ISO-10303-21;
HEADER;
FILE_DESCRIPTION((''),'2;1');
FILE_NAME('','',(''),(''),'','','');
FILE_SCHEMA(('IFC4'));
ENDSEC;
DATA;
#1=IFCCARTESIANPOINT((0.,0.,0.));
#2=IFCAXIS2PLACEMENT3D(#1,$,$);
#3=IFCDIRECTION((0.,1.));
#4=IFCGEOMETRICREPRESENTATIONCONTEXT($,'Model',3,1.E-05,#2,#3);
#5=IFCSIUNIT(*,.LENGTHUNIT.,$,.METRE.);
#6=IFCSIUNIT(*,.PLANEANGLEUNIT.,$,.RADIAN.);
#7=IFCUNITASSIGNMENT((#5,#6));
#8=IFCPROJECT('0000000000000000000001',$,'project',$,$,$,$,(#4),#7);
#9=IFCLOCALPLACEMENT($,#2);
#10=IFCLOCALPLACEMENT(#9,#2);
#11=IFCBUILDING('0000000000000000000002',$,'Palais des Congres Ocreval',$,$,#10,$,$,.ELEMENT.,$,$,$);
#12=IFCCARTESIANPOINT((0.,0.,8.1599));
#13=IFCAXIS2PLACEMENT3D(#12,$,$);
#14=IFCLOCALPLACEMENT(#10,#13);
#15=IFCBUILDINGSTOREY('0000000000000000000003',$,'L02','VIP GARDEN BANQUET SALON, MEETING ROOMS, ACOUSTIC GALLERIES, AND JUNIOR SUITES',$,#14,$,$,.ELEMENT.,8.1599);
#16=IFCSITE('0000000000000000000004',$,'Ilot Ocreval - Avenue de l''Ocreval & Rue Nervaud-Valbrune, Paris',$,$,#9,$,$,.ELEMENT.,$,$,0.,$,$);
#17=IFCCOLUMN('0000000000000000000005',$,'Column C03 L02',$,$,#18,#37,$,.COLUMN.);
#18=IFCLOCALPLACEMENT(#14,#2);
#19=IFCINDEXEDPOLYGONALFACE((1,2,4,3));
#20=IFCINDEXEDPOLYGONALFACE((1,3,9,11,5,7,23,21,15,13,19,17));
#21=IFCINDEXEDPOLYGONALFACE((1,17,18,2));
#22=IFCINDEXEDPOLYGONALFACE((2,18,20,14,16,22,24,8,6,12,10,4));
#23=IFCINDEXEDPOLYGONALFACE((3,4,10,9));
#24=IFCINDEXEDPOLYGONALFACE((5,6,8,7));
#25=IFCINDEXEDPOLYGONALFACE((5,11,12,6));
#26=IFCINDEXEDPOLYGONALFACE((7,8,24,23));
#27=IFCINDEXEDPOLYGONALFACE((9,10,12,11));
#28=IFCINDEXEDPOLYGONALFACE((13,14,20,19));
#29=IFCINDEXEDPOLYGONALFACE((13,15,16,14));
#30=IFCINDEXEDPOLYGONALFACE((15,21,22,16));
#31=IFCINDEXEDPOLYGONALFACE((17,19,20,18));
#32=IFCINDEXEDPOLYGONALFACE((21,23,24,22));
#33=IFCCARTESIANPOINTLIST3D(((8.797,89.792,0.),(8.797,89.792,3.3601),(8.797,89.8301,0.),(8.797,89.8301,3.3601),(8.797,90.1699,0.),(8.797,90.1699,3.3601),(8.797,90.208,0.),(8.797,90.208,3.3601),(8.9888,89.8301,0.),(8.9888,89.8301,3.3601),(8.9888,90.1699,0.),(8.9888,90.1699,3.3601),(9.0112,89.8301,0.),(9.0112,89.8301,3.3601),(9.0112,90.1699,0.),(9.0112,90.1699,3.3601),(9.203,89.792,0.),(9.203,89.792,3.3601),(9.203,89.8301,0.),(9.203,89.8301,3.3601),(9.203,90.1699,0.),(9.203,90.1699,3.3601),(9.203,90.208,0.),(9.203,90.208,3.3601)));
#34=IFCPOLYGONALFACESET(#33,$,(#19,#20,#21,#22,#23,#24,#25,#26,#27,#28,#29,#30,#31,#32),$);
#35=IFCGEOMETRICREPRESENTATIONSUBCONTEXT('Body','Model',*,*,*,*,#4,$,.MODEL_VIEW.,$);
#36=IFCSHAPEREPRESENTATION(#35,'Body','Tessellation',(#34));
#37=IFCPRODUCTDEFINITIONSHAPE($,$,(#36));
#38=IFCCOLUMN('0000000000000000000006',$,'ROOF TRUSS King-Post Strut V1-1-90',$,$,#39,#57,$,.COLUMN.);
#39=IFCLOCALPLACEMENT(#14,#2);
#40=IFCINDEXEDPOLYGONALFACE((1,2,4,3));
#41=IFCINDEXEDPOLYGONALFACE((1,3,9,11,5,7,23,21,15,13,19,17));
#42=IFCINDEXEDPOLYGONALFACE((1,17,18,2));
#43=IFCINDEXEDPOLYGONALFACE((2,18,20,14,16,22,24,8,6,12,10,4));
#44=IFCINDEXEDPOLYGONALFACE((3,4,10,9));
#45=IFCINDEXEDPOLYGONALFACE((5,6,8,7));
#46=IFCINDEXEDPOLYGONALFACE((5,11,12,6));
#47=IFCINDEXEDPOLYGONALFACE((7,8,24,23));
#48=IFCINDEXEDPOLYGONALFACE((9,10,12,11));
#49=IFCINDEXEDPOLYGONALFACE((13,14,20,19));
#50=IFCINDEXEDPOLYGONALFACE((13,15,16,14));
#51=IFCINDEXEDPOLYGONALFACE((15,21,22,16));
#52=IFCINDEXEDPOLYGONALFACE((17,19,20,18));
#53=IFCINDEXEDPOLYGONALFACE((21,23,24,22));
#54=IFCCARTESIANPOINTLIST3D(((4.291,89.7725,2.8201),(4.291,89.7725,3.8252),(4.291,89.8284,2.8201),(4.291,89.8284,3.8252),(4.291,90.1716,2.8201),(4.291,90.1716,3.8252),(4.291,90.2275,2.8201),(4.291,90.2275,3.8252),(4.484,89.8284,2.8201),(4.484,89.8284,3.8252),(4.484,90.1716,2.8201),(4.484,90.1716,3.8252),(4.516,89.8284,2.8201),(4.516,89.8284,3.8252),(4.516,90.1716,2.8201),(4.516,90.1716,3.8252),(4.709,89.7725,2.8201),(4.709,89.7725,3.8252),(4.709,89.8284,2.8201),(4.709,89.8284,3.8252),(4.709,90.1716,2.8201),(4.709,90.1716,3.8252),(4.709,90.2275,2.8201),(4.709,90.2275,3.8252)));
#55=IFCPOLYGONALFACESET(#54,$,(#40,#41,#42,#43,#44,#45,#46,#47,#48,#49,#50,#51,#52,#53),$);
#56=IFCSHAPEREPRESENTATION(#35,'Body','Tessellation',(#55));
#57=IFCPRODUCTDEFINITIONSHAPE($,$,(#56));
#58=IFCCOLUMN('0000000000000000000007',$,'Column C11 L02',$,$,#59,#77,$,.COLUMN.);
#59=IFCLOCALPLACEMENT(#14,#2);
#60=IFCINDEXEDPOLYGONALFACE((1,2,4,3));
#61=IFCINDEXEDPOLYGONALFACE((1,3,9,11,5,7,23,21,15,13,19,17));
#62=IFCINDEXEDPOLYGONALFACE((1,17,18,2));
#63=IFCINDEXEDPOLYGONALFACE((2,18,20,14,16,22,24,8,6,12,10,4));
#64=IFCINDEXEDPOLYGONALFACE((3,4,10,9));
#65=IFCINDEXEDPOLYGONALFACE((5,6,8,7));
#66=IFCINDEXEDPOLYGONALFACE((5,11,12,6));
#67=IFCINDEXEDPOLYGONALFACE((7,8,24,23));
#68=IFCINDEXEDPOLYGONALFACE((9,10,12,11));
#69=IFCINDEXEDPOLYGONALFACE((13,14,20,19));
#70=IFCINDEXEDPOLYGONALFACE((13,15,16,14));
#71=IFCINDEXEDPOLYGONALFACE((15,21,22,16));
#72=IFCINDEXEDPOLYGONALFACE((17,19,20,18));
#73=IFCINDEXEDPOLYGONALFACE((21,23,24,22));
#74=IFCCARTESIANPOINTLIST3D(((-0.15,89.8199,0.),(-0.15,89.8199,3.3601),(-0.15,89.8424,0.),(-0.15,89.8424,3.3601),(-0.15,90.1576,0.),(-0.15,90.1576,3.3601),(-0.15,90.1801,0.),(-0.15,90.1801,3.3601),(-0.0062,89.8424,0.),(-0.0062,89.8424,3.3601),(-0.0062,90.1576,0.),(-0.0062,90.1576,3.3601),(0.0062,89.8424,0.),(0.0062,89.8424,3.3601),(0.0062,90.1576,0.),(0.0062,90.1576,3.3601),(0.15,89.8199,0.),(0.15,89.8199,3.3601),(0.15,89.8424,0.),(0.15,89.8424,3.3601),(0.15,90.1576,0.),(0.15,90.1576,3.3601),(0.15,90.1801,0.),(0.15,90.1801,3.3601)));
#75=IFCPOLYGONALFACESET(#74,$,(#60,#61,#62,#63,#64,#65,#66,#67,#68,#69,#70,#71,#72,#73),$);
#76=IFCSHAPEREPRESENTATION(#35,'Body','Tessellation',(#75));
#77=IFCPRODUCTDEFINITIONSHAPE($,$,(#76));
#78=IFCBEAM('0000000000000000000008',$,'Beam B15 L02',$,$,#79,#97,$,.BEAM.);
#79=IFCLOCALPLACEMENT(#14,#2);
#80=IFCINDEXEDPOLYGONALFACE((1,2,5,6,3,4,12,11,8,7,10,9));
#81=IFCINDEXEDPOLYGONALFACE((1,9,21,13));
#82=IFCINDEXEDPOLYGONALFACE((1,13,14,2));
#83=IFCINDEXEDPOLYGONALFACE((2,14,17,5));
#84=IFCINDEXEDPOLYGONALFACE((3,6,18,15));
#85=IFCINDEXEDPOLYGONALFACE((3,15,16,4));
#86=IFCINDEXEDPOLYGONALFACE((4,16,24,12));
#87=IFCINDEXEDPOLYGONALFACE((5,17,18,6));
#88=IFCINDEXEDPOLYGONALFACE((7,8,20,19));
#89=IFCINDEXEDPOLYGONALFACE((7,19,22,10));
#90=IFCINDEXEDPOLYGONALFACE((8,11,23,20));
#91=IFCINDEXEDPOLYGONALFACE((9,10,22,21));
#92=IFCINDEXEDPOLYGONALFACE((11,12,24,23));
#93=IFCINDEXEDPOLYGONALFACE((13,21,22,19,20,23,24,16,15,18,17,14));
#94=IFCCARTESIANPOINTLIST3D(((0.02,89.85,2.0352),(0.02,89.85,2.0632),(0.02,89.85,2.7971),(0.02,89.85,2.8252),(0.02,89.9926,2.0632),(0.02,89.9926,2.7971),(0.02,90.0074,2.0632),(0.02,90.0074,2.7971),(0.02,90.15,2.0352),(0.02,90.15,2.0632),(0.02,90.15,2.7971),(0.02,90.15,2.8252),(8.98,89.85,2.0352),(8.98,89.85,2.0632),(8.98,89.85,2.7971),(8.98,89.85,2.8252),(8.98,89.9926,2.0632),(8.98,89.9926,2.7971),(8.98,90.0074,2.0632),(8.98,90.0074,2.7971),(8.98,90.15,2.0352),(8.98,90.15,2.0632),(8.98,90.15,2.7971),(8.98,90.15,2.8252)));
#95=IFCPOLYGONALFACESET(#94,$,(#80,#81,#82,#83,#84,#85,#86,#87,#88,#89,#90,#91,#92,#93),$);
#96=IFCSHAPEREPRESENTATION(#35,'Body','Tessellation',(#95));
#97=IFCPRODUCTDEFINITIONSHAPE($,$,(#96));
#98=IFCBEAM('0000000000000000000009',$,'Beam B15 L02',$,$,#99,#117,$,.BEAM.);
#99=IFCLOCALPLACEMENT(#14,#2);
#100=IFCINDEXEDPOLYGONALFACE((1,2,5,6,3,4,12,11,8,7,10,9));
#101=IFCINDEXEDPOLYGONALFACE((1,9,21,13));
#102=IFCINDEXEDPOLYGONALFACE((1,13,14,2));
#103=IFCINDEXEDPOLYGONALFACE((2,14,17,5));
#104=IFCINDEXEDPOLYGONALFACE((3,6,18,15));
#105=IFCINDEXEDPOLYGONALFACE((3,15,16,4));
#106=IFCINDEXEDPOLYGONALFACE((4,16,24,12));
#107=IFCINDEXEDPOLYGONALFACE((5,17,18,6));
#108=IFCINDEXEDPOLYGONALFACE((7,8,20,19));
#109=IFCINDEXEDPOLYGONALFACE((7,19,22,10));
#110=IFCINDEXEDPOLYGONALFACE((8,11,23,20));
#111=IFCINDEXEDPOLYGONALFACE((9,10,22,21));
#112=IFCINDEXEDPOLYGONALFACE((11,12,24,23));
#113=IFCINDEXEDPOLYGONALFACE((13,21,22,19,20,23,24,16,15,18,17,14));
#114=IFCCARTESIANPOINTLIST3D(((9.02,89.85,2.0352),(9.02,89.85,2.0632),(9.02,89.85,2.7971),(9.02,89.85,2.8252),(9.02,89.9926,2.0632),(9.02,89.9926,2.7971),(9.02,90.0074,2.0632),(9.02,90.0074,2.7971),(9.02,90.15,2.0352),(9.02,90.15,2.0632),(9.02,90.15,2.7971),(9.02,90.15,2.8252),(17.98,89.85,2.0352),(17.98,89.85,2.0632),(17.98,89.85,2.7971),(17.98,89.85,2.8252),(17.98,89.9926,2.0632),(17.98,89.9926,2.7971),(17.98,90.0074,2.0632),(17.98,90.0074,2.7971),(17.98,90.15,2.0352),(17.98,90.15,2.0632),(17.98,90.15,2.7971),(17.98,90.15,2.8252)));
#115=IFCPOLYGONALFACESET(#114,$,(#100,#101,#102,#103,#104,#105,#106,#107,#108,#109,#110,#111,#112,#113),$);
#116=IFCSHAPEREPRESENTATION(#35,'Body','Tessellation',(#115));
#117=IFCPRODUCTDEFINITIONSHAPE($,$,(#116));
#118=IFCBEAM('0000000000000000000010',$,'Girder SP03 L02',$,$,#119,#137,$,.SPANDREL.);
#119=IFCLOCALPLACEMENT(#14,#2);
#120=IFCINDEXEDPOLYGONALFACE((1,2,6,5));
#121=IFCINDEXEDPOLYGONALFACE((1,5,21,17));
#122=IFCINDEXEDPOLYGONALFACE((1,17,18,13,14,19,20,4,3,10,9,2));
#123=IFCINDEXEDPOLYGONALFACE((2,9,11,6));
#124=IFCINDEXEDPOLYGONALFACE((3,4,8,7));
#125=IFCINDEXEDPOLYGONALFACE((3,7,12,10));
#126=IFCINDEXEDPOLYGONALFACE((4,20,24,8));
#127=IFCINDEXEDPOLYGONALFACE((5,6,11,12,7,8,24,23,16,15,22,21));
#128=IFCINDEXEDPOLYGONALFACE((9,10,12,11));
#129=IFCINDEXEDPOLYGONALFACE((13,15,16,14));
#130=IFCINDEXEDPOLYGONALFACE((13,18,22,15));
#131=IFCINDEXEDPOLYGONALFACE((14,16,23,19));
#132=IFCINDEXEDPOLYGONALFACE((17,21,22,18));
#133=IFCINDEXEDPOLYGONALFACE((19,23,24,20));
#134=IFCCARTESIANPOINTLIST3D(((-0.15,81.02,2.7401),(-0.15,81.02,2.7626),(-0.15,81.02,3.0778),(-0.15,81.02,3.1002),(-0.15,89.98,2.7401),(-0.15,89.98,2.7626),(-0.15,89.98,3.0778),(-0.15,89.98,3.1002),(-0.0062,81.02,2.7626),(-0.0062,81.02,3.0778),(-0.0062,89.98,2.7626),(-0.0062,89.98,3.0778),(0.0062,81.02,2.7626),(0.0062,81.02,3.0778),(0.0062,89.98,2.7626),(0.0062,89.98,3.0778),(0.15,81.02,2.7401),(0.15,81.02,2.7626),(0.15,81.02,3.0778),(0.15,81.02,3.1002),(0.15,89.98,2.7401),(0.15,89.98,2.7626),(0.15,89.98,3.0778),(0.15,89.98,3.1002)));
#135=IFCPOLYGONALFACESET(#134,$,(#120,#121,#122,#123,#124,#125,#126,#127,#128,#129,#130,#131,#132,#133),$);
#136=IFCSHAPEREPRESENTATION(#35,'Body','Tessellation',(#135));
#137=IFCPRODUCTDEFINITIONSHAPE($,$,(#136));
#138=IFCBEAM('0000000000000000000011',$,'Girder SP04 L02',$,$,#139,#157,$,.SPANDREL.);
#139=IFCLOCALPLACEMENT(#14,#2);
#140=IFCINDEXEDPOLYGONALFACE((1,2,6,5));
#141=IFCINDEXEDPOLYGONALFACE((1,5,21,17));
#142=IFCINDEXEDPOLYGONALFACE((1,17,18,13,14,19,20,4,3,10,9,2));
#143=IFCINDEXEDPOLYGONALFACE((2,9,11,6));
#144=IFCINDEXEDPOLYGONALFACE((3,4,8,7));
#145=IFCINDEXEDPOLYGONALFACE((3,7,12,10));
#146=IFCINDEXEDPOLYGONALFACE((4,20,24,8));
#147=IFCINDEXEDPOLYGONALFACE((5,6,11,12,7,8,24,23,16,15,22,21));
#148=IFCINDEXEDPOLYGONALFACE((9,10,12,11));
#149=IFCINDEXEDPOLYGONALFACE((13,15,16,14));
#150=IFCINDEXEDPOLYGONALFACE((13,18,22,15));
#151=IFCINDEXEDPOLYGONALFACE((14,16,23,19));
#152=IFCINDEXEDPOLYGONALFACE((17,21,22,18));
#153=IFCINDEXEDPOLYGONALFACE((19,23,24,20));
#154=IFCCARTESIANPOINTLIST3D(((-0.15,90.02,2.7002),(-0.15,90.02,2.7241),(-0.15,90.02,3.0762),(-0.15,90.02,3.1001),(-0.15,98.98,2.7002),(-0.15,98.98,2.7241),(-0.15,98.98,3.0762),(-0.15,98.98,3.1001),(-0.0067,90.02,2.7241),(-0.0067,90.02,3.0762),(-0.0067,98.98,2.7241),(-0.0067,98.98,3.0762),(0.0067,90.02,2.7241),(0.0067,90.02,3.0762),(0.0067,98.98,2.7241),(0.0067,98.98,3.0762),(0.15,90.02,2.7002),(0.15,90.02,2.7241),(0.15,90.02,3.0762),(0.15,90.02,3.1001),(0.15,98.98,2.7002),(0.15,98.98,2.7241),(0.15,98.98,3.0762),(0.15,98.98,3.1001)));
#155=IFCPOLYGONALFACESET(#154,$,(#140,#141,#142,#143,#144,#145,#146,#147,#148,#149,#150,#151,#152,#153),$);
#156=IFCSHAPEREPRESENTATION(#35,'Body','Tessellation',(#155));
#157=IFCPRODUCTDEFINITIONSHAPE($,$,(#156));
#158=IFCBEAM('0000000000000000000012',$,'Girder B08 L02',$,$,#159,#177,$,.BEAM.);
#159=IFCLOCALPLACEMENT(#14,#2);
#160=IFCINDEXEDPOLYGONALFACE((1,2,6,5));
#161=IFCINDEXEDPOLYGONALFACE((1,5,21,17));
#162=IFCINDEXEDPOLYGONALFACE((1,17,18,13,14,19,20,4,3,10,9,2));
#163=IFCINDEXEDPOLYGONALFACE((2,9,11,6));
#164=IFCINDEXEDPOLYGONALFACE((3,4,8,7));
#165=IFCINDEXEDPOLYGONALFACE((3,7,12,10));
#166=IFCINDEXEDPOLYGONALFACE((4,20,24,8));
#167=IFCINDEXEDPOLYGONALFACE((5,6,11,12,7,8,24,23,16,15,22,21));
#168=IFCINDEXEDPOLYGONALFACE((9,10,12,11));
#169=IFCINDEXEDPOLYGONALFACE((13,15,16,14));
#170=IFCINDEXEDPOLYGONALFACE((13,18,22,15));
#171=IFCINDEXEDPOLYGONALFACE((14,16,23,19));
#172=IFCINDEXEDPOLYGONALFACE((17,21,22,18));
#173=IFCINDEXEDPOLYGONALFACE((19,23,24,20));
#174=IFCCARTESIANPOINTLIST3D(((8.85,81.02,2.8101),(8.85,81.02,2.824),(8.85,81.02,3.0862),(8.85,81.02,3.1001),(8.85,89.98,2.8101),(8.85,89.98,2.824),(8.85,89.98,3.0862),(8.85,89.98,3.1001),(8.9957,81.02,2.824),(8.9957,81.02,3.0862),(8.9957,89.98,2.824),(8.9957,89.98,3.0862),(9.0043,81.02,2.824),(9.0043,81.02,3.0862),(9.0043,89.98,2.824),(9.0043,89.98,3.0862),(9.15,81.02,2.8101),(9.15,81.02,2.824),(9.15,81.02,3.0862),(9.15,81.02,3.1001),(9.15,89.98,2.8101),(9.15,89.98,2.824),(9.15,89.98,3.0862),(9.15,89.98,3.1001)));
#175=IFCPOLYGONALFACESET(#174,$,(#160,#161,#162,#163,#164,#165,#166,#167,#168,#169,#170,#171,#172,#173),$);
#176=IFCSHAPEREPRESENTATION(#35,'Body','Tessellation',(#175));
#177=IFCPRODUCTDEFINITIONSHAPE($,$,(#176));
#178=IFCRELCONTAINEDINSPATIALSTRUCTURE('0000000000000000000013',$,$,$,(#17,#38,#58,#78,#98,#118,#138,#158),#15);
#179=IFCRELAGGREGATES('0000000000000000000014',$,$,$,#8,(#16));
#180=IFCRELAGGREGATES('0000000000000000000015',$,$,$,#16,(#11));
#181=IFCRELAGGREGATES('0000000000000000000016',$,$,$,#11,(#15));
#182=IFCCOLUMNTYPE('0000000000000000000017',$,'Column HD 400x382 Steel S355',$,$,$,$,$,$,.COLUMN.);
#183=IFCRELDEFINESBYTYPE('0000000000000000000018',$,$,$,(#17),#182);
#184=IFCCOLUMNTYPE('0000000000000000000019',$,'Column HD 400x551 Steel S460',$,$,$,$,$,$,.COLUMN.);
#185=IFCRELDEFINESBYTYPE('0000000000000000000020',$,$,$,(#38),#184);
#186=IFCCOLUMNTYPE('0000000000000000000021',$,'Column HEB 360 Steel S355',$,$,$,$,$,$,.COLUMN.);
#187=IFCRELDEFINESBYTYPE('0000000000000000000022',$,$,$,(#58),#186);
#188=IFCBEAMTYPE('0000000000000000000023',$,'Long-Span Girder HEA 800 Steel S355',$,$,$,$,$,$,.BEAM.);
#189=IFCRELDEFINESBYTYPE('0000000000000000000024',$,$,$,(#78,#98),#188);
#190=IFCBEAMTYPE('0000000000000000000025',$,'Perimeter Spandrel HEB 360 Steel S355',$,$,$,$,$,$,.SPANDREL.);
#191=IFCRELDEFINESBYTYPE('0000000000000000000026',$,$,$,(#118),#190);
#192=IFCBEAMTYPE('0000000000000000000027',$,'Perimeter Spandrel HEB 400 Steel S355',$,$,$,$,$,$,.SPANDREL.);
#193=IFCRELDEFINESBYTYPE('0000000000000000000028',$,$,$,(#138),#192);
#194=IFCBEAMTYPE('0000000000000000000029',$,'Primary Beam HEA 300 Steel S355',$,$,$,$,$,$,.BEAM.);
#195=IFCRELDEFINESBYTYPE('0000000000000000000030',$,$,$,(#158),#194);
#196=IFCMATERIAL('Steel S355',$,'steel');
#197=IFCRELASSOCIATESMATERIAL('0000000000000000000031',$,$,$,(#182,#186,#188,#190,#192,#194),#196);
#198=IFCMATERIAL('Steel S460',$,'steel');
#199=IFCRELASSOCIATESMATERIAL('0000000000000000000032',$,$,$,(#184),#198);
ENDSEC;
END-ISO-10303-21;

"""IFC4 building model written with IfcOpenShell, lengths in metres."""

from ifc_helpers import new_model, si_unit, direction, frame, origin, origin_2d, place, context, subcontext, project, spatial, i_section, extrude, material, material_profile, profile_set, type_object, element, save


model = new_model("IFC4")

# Units and contexts
model_context = context("Model", 3, precision=1e-05, world=origin(), true_north=direction((0.0, 1.0)))
body_context = subcontext(model_context, "Body", "Model", "MODEL_VIEW")
ifc_project = project(units=[si_unit("LENGTHUNIT", "METRE"), si_unit("PLANEANGLEUNIT", "RADIAN")], contexts=[model_context])

# Site, building, storey
site_placement = place(None, origin())
site = spatial("IfcSite", under=ifc_project, at=site_placement, Name="Ilot Ocreval - Avenue de l'Ocreval & Rue Nervaud-Valbrune, Paris", CompositionType="ELEMENT", RefElevation=0.0)
building_placement = place(site_placement, origin())
building = spatial("IfcBuilding", under=site, at=building_placement, Name="Palais des Congres Ocreval", CompositionType="ELEMENT")
storey_placement = place(building_placement, frame((0.0, 0.0, 8.1599)))
storey = spatial("IfcBuildingStorey", under=building, at=storey_placement, Name="L02", Description="VIP GARDEN BANQUET SALON, MEETING ROOMS, ACOUSTIC GALLERIES, AND JUNIOR SUITES", CompositionType="ELEMENT", Elevation=8.1599)

# Columns
ifc_material_1 = material(Name="Steel S355", Category="steel")
ifc_material_profile_1 = material_profile(ifc_material_1, i_section(OverallWidth=0.406, OverallDepth=0.416, WebThickness=0.0225, FlangeThickness=0.0381, at=origin_2d()), Name="HD 400x382")
ifc_profile_set_1 = profile_set([ifc_material_profile_1], Name="Steel S355")
column_type_1 = type_object("IfcColumnType", Name="Column HD 400x382 Steel S355", PredefinedType="COLUMN", material=ifc_profile_set_1)
column_1_placement = place(storey_placement, frame((9.0, 90.0, 0.0), z_axis=(0.0, 0.0, 1.0), x_axis=(1.0, 0.0, 0.0)))
element("IfcColumn", 1, at=column_1_placement, inside=storey, type_object=column_type_1, Name="Column C03 L02", PredefinedType="COLUMN", context=body_context, shape_type="SweptSolid", body=[
    extrude(i_section(OverallWidth=0.406, OverallDepth=0.416, WebThickness=0.0225, FlangeThickness=0.0381, at=origin_2d()), origin(), (0.0, 0.0, 1.0), 3.3601),
])
ifc_material_2 = material(Name="Steel S460", Category="steel")
ifc_material_profile_2 = material_profile(ifc_material_2, i_section(OverallWidth=0.418, OverallDepth=0.4551, WebThickness=0.032, FlangeThickness=0.0559, at=origin_2d()), Name="HD 400x551")
ifc_profile_set_2 = profile_set([ifc_material_profile_2], Name="Steel S460")
column_type_2 = type_object("IfcColumnType", Name="Column HD 400x551 Steel S460", PredefinedType="COLUMN", material=ifc_profile_set_2)
column_2_placement = place(storey_placement, frame((4.5, 90.0, 2.8201), z_axis=(0.0, 0.0, 1.0), x_axis=(1.0, 0.0, 0.0)))
element("IfcColumn", 2, at=column_2_placement, inside=storey, type_object=column_type_2, Name="ROOF TRUSS King-Post Strut V1-1-90", PredefinedType="COLUMN", context=body_context, shape_type="SweptSolid", body=[
    extrude(i_section(OverallWidth=0.418, OverallDepth=0.4551, WebThickness=0.032, FlangeThickness=0.0559, at=origin_2d()), origin(), (0.0, 0.0, 1.0), 1.0051),
])
ifc_material_profile_3 = material_profile(ifc_material_1, i_section(OverallWidth=0.3, OverallDepth=0.3601, WebThickness=0.0125, FlangeThickness=0.0225, at=origin_2d()), Name="HEB 360")
ifc_profile_set_3 = profile_set([ifc_material_profile_3], Name="Steel S355")
column_type_3 = type_object("IfcColumnType", Name="Column HEB 360 Steel S355", PredefinedType="COLUMN", material=ifc_profile_set_3)
column_3_placement = place(storey_placement, frame((0.0, 90.0, 0.0), z_axis=(0.0, 0.0, 1.0), x_axis=(1.0, 0.0, 0.0)))
element("IfcColumn", 3, at=column_3_placement, inside=storey, type_object=column_type_3, Name="Column C11 L02", PredefinedType="COLUMN", context=body_context, shape_type="SweptSolid", body=[
    extrude(i_section(OverallWidth=0.3, OverallDepth=0.3601, WebThickness=0.0125, FlangeThickness=0.0225, at=origin_2d()), origin(), (0.0, 0.0, 1.0), 3.3601),
])

# Beams
ifc_material_profile_4 = material_profile(ifc_material_1, i_section(OverallWidth=0.3, OverallDepth=0.79, WebThickness=0.0149, FlangeThickness=0.0281, at=origin_2d()), Name="HEA 800")
ifc_profile_set_4 = profile_set([ifc_material_profile_4], Name="Steel S355")
beam_type_1 = type_object("IfcBeamType", Name="Long-Span Girder HEA 800 Steel S355", PredefinedType="BEAM", material=ifc_profile_set_4)
for number, where, z_axis, x_axis, name in (
    (4, (0.02, 90.0, 2.4302), (1.0, 0.0, 0.0), (0.0, 1.0, 0.0), "Beam B15 L02"),
    (5, (9.02, 90.0, 2.4302), (1.0, 0.0, 0.0), (0.0, 1.0, 0.0), "Beam B15 L02"),
):
    element("IfcBeam", number, at=place(storey_placement, frame(where, z_axis=z_axis, x_axis=x_axis)), inside=storey, type_object=beam_type_1, Name=name, PredefinedType="BEAM", context=body_context, shape_type="SweptSolid", body=[
        extrude(i_section(OverallWidth=0.3, OverallDepth=0.79, WebThickness=0.0149, FlangeThickness=0.0281, at=origin_2d()), origin(), (0.0, 0.0, 1.0), 8.96),
    ])
ifc_material_profile_5 = material_profile(ifc_material_1, i_section(OverallWidth=0.3, OverallDepth=0.3601, WebThickness=0.0125, FlangeThickness=0.0225, at=origin_2d()), Name="HEB 360")
ifc_profile_set_5 = profile_set([ifc_material_profile_5], Name="Steel S355")
beam_type_2 = type_object("IfcBeamType", Name="Perimeter Spandrel HEB 360 Steel S355", PredefinedType="SPANDREL", material=ifc_profile_set_5)
beam_1_placement = place(storey_placement, frame((0.0, 81.02, 2.9202), z_axis=(0.0, 1.0, 0.0), x_axis=(-1.0, 0.0, 0.0)))
element("IfcBeam", 6, at=beam_1_placement, inside=storey, type_object=beam_type_2, Name="Girder SP03 L02", PredefinedType="SPANDREL", context=body_context, shape_type="SweptSolid", body=[
    extrude(i_section(OverallWidth=0.3, OverallDepth=0.3601, WebThickness=0.0125, FlangeThickness=0.0225, at=origin_2d()), origin(), (0.0, 0.0, 1.0), 8.96),
])
ifc_material_profile_6 = material_profile(ifc_material_1, i_section(OverallWidth=0.3, OverallDepth=0.3999, WebThickness=0.0134, FlangeThickness=0.0239, at=origin_2d()), Name="HEB 400")
ifc_profile_set_6 = profile_set([ifc_material_profile_6], Name="Steel S355")
beam_type_3 = type_object("IfcBeamType", Name="Perimeter Spandrel HEB 400 Steel S355", PredefinedType="SPANDREL", material=ifc_profile_set_6)
beam_2_placement = place(storey_placement, frame((0.0, 90.02, 2.9001), z_axis=(0.0, 1.0, 0.0), x_axis=(-1.0, 0.0, 0.0)))
element("IfcBeam", 7, at=beam_2_placement, inside=storey, type_object=beam_type_3, Name="Girder SP04 L02", PredefinedType="SPANDREL", context=body_context, shape_type="SweptSolid", body=[
    extrude(i_section(OverallWidth=0.3, OverallDepth=0.3999, WebThickness=0.0134, FlangeThickness=0.0239, at=origin_2d()), origin(), (0.0, 0.0, 1.0), 8.96),
])
ifc_material_profile_7 = material_profile(ifc_material_1, i_section(OverallWidth=0.3, OverallDepth=0.29, WebThickness=0.0085, FlangeThickness=0.0139, at=origin_2d()), Name="HEA 300")
ifc_profile_set_7 = profile_set([ifc_material_profile_7], Name="Steel S355")
beam_type_4 = type_object("IfcBeamType", Name="Primary Beam HEA 300 Steel S355", PredefinedType="BEAM", material=ifc_profile_set_7)
beam_3_placement = place(storey_placement, frame((9.0, 81.02, 2.9551), z_axis=(0.0, 1.0, 0.0), x_axis=(-1.0, 0.0, 0.0)))
element("IfcBeam", 8, at=beam_3_placement, inside=storey, type_object=beam_type_4, Name="Girder B08 L02", PredefinedType="BEAM", context=body_context, shape_type="SweptSolid", body=[
    extrude(i_section(OverallWidth=0.3, OverallDepth=0.29, WebThickness=0.0085, FlangeThickness=0.0139, at=origin_2d()), origin(), (0.0, 0.0, 1.0), 8.96),
])

save(model, "model.ifc")
